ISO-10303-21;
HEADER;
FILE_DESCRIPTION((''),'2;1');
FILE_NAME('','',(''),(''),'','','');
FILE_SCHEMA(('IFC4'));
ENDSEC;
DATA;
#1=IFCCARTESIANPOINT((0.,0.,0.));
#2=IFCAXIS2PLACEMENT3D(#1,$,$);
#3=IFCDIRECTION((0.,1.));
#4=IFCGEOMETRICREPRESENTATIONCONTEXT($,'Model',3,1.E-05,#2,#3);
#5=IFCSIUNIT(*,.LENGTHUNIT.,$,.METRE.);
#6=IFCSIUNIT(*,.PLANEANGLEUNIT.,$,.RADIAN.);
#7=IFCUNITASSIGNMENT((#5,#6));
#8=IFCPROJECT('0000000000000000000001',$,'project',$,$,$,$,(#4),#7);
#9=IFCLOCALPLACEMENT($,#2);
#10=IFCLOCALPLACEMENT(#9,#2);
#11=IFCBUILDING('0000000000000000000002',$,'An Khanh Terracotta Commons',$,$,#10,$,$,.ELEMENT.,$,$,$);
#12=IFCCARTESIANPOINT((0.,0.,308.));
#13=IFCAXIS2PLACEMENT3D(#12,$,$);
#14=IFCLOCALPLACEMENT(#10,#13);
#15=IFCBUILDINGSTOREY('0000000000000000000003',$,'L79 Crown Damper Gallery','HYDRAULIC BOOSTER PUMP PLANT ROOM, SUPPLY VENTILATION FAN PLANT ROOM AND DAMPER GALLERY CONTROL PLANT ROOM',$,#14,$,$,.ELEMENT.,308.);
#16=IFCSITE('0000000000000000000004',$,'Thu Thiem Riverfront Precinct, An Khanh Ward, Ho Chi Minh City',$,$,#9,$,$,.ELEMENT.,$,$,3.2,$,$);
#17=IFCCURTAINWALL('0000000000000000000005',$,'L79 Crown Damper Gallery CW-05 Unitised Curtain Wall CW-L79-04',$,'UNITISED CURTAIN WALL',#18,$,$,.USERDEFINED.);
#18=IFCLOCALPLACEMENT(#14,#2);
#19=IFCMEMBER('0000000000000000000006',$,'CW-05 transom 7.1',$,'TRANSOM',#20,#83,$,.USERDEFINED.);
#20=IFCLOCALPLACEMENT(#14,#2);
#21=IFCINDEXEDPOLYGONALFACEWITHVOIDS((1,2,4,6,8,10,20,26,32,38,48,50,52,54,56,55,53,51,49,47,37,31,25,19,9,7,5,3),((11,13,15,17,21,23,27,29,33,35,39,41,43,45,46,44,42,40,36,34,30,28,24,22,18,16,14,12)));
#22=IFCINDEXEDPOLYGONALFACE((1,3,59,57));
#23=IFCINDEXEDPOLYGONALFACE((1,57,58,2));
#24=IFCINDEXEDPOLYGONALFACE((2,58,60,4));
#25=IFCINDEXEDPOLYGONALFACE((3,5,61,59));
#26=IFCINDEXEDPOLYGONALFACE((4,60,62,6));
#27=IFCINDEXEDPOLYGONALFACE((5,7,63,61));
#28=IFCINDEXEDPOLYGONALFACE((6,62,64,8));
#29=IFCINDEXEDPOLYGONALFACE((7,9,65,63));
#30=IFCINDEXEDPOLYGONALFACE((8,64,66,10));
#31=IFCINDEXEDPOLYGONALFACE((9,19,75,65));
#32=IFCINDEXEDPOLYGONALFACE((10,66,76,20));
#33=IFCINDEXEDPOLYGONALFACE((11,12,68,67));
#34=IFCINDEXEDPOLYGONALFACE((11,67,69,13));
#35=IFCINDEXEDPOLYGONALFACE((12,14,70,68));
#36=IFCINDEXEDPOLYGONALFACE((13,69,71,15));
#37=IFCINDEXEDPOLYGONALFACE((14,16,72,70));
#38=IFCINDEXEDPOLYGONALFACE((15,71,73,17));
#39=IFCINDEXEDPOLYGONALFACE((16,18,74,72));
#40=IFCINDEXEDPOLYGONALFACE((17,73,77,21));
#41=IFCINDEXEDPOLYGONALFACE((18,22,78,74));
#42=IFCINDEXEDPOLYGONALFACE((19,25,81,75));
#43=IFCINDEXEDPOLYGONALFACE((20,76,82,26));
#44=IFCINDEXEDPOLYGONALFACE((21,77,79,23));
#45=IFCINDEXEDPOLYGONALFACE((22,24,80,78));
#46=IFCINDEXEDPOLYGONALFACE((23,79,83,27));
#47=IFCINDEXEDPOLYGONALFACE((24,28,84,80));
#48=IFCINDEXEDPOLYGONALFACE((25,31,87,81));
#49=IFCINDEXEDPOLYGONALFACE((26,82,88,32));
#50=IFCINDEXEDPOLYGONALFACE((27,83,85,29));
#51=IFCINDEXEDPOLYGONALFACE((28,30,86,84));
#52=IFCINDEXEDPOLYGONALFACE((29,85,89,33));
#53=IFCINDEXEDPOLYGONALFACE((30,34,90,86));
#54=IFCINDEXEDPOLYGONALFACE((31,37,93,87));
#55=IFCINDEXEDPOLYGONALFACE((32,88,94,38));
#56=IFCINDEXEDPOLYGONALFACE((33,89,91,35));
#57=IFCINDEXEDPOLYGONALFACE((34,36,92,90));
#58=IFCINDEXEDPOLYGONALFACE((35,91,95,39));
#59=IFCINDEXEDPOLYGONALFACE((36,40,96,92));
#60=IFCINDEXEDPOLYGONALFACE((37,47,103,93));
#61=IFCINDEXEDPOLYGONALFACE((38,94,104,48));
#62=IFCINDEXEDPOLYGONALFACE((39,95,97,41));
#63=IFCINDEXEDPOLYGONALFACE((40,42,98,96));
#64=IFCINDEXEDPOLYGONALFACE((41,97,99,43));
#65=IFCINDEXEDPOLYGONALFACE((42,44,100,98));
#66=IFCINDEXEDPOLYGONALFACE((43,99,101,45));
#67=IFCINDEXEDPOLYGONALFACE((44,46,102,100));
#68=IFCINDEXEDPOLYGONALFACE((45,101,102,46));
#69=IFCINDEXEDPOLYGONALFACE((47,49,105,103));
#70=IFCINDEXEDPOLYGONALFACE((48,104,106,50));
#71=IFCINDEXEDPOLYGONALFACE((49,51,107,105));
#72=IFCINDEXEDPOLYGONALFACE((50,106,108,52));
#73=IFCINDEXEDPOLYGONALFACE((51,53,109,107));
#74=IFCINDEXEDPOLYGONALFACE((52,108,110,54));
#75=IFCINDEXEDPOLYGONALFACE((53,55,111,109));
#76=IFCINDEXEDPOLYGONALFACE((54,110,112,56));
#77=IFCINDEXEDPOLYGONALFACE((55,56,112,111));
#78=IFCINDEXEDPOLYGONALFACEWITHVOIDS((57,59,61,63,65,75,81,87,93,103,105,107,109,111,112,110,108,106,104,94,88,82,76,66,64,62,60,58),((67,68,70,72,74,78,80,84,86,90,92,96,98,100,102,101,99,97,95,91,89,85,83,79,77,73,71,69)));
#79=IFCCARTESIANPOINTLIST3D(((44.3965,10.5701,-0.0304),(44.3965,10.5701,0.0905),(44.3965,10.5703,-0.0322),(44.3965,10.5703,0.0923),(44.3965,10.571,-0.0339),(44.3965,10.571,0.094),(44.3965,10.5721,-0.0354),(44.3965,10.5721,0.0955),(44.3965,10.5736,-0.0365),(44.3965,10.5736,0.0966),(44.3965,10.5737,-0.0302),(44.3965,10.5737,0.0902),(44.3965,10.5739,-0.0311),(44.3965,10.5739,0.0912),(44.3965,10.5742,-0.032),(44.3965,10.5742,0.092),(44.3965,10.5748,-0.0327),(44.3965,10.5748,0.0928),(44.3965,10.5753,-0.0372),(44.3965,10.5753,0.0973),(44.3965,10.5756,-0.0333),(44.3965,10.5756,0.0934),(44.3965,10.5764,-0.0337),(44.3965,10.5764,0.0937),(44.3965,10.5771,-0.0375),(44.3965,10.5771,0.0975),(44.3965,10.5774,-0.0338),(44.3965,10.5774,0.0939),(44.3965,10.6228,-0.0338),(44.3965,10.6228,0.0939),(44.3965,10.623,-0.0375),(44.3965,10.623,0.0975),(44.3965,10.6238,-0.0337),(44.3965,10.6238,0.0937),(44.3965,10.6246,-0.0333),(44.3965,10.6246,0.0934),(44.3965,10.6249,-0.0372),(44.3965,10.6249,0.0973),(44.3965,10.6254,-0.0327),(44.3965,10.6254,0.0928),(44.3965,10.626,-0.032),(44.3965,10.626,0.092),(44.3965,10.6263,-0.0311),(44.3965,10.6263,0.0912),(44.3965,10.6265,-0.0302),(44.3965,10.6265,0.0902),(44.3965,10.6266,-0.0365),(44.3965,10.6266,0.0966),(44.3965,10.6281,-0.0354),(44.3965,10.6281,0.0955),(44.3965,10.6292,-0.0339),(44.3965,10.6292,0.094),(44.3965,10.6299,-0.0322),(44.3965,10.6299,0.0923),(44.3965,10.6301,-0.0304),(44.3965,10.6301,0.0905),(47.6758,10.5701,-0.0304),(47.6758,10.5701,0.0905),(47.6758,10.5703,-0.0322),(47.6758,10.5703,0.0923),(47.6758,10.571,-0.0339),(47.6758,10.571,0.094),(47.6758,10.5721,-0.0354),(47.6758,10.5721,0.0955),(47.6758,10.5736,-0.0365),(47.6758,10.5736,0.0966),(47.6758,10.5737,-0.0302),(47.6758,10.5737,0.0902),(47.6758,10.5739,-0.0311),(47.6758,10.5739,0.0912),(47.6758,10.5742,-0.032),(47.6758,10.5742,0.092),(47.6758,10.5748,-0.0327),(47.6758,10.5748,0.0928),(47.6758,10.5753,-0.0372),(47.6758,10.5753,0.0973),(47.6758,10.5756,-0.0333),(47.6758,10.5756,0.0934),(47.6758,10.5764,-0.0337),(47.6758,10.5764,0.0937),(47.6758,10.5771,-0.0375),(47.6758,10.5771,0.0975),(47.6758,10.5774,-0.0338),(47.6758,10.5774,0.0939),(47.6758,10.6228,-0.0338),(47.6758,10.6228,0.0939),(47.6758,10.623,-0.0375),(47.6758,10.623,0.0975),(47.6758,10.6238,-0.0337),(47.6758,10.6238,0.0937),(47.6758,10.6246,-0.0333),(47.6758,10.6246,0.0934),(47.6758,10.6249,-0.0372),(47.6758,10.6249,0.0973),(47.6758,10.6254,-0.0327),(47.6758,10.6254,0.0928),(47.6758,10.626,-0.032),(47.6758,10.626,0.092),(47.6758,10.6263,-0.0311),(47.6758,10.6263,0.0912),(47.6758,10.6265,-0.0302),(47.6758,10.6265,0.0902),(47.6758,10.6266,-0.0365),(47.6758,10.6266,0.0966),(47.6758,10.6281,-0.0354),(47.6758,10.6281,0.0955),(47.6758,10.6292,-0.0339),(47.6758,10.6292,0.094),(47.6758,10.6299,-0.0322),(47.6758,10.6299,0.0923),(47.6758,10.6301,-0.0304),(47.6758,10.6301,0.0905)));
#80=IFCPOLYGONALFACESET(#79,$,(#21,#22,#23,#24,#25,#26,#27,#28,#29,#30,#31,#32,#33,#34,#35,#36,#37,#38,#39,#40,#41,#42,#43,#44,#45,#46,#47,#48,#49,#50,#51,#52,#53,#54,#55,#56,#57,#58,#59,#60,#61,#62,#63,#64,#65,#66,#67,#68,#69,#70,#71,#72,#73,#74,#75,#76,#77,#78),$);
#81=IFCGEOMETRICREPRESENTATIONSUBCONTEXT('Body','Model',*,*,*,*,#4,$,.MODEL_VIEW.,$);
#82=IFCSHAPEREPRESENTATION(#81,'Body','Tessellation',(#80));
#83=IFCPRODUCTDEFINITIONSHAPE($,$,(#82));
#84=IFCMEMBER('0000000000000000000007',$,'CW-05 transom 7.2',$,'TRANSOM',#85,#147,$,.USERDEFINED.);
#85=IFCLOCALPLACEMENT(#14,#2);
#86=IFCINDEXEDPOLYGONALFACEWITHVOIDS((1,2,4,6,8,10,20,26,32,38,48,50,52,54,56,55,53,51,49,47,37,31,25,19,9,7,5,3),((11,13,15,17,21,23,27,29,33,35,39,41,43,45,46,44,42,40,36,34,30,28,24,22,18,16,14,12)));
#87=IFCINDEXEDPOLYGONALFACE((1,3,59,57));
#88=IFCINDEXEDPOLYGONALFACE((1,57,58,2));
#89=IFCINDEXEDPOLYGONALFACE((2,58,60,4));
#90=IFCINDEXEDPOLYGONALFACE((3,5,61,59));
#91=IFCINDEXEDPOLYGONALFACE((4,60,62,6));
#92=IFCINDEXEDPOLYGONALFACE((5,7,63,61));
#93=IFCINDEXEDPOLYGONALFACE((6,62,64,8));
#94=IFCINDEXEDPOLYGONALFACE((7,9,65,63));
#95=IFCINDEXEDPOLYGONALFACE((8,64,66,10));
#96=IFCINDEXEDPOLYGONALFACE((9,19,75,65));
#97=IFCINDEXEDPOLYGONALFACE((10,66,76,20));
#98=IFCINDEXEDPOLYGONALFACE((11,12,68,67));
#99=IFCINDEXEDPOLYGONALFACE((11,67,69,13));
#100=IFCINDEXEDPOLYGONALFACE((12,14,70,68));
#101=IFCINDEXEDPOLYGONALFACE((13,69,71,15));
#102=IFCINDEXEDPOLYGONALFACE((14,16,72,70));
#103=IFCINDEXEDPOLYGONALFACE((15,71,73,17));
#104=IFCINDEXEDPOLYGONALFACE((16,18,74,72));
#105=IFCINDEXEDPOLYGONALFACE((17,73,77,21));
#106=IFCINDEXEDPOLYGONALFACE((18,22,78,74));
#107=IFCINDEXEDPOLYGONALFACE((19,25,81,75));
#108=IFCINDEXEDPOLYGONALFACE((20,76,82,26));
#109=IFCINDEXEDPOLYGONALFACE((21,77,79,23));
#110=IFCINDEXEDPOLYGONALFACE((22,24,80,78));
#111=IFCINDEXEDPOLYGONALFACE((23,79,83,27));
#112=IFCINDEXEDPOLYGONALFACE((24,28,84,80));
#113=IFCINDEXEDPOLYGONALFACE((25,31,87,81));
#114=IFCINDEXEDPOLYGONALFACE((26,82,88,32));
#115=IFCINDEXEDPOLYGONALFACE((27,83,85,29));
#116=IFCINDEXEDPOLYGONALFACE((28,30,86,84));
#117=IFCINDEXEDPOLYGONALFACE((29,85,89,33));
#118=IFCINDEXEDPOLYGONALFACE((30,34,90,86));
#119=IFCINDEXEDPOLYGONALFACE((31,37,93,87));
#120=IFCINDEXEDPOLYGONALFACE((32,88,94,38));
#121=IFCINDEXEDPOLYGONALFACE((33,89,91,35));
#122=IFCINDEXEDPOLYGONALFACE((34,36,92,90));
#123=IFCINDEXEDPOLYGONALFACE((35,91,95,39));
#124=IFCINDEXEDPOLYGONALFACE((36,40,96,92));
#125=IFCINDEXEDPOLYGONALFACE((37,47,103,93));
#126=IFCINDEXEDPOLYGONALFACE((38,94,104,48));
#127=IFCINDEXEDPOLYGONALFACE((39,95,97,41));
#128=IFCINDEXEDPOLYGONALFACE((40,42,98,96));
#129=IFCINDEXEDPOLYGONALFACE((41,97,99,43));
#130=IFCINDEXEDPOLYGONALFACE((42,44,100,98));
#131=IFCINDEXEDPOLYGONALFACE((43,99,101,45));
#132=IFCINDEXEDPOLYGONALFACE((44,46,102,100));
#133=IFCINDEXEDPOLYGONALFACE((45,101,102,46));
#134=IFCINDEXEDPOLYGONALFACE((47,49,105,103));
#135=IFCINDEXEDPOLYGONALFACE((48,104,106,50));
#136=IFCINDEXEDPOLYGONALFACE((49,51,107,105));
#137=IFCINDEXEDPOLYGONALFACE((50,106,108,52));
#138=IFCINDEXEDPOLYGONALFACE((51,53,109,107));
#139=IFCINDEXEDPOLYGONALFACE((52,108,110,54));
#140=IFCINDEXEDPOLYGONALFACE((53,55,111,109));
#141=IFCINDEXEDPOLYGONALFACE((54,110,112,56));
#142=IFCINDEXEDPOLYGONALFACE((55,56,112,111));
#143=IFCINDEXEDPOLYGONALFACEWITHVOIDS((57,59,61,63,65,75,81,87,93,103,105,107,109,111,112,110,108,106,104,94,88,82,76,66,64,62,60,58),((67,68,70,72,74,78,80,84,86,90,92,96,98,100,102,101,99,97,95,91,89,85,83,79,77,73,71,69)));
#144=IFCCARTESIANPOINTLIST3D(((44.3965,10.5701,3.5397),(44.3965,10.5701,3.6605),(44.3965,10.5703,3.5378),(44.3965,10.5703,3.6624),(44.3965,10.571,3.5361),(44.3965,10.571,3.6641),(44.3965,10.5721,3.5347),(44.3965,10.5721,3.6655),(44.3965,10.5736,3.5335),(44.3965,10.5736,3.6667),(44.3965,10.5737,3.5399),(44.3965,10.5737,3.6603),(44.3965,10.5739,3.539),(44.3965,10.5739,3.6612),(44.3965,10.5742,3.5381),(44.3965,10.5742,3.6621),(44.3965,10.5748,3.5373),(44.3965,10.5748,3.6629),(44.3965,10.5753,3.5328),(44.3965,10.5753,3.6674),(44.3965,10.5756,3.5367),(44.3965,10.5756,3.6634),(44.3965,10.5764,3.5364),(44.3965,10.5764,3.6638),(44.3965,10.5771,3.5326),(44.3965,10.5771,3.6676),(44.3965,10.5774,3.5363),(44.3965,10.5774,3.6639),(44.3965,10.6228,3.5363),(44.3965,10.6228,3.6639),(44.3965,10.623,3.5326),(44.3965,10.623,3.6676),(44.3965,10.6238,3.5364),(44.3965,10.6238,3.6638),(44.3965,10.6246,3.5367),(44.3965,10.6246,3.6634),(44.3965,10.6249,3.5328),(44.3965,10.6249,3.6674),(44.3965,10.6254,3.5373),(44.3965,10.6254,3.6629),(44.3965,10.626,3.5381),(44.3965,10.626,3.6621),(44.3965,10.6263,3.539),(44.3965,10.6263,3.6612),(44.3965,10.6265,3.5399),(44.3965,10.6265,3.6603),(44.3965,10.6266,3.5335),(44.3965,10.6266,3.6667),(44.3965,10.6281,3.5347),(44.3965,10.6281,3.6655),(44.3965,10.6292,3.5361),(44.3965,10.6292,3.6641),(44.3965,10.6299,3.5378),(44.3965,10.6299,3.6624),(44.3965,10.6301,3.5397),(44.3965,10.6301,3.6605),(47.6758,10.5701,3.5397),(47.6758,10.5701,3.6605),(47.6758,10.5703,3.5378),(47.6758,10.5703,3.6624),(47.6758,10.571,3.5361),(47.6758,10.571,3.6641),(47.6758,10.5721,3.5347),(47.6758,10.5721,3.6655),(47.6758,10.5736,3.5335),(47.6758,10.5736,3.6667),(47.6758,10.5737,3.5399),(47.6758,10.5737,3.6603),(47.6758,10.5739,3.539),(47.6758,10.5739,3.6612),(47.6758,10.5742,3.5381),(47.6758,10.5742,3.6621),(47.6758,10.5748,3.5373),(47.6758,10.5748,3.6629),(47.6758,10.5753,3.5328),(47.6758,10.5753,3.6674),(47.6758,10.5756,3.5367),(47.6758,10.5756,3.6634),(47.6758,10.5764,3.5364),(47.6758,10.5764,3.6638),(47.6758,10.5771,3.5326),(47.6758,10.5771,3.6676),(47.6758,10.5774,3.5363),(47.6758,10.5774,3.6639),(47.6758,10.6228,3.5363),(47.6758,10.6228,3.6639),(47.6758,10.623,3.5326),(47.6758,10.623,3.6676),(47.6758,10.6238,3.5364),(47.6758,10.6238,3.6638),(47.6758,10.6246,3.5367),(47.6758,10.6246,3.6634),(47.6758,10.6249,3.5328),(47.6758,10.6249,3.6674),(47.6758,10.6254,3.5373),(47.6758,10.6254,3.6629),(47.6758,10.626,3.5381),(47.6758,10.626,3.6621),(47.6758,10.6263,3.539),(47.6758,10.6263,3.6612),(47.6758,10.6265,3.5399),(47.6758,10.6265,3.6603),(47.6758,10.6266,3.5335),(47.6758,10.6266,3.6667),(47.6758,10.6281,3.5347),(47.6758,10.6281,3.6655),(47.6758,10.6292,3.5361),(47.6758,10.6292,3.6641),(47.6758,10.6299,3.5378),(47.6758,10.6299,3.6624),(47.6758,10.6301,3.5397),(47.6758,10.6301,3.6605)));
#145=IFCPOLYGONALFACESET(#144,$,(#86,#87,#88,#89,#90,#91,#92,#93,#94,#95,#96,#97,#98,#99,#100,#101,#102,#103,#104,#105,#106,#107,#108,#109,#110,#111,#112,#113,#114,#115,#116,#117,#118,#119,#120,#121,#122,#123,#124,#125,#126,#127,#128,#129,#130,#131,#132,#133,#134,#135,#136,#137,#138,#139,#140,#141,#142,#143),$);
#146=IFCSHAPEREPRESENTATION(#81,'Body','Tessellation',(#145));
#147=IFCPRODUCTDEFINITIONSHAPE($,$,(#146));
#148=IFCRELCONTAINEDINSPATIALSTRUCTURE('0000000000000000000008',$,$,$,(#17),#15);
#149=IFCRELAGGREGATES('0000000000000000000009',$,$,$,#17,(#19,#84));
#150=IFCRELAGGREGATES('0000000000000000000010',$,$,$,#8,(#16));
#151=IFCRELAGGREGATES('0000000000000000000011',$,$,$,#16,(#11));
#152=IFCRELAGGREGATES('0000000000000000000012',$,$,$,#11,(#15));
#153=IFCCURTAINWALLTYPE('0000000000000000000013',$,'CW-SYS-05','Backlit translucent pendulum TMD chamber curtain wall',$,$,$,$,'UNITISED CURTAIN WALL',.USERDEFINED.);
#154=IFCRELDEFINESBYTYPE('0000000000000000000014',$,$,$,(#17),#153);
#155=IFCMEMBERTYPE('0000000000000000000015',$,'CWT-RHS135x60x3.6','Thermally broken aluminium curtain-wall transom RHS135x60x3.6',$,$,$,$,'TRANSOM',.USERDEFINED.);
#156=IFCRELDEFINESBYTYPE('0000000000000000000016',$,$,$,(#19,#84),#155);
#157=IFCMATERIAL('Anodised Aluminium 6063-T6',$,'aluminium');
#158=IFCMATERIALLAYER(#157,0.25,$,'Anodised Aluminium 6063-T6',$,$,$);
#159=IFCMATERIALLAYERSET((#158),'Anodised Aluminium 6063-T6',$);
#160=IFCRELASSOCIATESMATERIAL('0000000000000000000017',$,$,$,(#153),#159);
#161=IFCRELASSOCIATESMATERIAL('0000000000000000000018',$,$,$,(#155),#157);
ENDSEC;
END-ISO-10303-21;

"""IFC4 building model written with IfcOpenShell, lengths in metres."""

from ifc_helpers import new_model, si_unit, direction, frame, origin, origin_2d, place, context, subcontext, project, spatial, hollow_rectangle, extrude, material, layer, layer_set, material_profile, profile_set, type_object, element, aggregate, save


model = new_model("IFC4")

# Units and contexts
model_context = context("Model", 3, precision=1e-05, world=origin(), true_north=direction((0.0, 1.0)))
body_context = subcontext(model_context, "Body", "Model", "MODEL_VIEW")
ifc_project = project(units=[si_unit("LENGTHUNIT", "METRE"), si_unit("PLANEANGLEUNIT", "RADIAN")], contexts=[model_context])

# Site, building, storey
site_placement = place(None, origin())
site = spatial("IfcSite", under=ifc_project, at=site_placement, Name="Thu Thiem Riverfront Precinct, An Khanh Ward, Ho Chi Minh City", CompositionType="ELEMENT", RefElevation=3.2)
building_placement = place(site_placement, origin())
building = spatial("IfcBuilding", under=site, at=building_placement, Name="An Khanh Terracotta Commons", CompositionType="ELEMENT")
storey_placement = place(building_placement, frame((0.0, 0.0, 308.0)))
storey = spatial("IfcBuildingStorey", under=building, at=storey_placement, Name="L79 Crown Damper Gallery", Description="HYDRAULIC BOOSTER PUMP PLANT ROOM, SUPPLY VENTILATION FAN PLANT ROOM AND DAMPER GALLERY CONTROL PLANT ROOM", CompositionType="ELEMENT", Elevation=308.0)

# Curtain wall, members
ifc_material_1 = material(Name="Anodised Aluminium 6063-T6", Category="aluminium")
ifc_layer_1 = layer(ifc_material_1, 0.25, Name="Anodised Aluminium 6063-T6")
ifc_layer_set_1 = layer_set([ifc_layer_1], Name="Anodised Aluminium 6063-T6")
curtain_wall_type = type_object("IfcCurtainWallType", Name="CW-SYS-05", Description="Backlit translucent pendulum TMD chamber curtain wall", ElementType="UNITISED CURTAIN WALL", PredefinedType="USERDEFINED", material=ifc_layer_set_1)
curtain_wall_placement = place(storey_placement, origin())
curtain_wall = element("IfcCurtainWall", 1, at=curtain_wall_placement, inside=storey, type_object=curtain_wall_type, Name="L79 Crown Damper Gallery CW-05 Unitised Curtain Wall CW-L79-04", ObjectType="UNITISED CURTAIN WALL", PredefinedType="USERDEFINED")
ifc_material_profile_1 = material_profile(ifc_material_1, hollow_rectangle(XDim=0.0601, YDim=0.135, WallThickness=0.0037, InnerFilletRadius=0.0037, OuterFilletRadius=0.0071, at=origin_2d()), Name="RHS135x60x3.6")
ifc_profile_set_1 = profile_set([ifc_material_profile_1], Name="Anodised Aluminium 6063-T6")
member_type_1 = type_object("IfcMemberType", Name="CWT-RHS135x60x3.6", Description="Thermally broken aluminium curtain-wall transom RHS135x60x3.6", ElementType="TRANSOM", PredefinedType="USERDEFINED", material=ifc_profile_set_1)
member_1_placement = place(storey_placement, frame((44.3965, 10.6001, 0.03), z_axis=(1.0, 0.0, 0.0), x_axis=(0.0, 1.0, 0.0)))
member_1 = element("IfcMember", 2, at=member_1_placement, type_object=member_type_1, Name="CW-05 transom 7.1", ObjectType="TRANSOM", PredefinedType="USERDEFINED", context=body_context, shape_type="SweptSolid", body=[
    extrude(hollow_rectangle(XDim=0.0601, YDim=0.135, WallThickness=0.0037, InnerFilletRadius=0.0037, OuterFilletRadius=0.0071, at=origin_2d()), origin(), (0.0, 0.0, 1.0), 3.2793),
])
member_2_placement = place(storey_placement, frame((44.3965, 10.6001, 3.6001), z_axis=(1.0, 0.0, 0.0), x_axis=(0.0, 1.0, 0.0)))
member_2 = element("IfcMember", 3, at=member_2_placement, type_object=member_type_1, Name="CW-05 transom 7.2", ObjectType="TRANSOM", PredefinedType="USERDEFINED", context=body_context, shape_type="SweptSolid", body=[
    extrude(hollow_rectangle(XDim=0.0601, YDim=0.135, WallThickness=0.0037, InnerFilletRadius=0.0037, OuterFilletRadius=0.0071, at=origin_2d()), origin(), (0.0, 0.0, 1.0), 3.2793),
])
aggregate(curtain_wall, [member_1, member_2])

save(model, "model.ifc")
